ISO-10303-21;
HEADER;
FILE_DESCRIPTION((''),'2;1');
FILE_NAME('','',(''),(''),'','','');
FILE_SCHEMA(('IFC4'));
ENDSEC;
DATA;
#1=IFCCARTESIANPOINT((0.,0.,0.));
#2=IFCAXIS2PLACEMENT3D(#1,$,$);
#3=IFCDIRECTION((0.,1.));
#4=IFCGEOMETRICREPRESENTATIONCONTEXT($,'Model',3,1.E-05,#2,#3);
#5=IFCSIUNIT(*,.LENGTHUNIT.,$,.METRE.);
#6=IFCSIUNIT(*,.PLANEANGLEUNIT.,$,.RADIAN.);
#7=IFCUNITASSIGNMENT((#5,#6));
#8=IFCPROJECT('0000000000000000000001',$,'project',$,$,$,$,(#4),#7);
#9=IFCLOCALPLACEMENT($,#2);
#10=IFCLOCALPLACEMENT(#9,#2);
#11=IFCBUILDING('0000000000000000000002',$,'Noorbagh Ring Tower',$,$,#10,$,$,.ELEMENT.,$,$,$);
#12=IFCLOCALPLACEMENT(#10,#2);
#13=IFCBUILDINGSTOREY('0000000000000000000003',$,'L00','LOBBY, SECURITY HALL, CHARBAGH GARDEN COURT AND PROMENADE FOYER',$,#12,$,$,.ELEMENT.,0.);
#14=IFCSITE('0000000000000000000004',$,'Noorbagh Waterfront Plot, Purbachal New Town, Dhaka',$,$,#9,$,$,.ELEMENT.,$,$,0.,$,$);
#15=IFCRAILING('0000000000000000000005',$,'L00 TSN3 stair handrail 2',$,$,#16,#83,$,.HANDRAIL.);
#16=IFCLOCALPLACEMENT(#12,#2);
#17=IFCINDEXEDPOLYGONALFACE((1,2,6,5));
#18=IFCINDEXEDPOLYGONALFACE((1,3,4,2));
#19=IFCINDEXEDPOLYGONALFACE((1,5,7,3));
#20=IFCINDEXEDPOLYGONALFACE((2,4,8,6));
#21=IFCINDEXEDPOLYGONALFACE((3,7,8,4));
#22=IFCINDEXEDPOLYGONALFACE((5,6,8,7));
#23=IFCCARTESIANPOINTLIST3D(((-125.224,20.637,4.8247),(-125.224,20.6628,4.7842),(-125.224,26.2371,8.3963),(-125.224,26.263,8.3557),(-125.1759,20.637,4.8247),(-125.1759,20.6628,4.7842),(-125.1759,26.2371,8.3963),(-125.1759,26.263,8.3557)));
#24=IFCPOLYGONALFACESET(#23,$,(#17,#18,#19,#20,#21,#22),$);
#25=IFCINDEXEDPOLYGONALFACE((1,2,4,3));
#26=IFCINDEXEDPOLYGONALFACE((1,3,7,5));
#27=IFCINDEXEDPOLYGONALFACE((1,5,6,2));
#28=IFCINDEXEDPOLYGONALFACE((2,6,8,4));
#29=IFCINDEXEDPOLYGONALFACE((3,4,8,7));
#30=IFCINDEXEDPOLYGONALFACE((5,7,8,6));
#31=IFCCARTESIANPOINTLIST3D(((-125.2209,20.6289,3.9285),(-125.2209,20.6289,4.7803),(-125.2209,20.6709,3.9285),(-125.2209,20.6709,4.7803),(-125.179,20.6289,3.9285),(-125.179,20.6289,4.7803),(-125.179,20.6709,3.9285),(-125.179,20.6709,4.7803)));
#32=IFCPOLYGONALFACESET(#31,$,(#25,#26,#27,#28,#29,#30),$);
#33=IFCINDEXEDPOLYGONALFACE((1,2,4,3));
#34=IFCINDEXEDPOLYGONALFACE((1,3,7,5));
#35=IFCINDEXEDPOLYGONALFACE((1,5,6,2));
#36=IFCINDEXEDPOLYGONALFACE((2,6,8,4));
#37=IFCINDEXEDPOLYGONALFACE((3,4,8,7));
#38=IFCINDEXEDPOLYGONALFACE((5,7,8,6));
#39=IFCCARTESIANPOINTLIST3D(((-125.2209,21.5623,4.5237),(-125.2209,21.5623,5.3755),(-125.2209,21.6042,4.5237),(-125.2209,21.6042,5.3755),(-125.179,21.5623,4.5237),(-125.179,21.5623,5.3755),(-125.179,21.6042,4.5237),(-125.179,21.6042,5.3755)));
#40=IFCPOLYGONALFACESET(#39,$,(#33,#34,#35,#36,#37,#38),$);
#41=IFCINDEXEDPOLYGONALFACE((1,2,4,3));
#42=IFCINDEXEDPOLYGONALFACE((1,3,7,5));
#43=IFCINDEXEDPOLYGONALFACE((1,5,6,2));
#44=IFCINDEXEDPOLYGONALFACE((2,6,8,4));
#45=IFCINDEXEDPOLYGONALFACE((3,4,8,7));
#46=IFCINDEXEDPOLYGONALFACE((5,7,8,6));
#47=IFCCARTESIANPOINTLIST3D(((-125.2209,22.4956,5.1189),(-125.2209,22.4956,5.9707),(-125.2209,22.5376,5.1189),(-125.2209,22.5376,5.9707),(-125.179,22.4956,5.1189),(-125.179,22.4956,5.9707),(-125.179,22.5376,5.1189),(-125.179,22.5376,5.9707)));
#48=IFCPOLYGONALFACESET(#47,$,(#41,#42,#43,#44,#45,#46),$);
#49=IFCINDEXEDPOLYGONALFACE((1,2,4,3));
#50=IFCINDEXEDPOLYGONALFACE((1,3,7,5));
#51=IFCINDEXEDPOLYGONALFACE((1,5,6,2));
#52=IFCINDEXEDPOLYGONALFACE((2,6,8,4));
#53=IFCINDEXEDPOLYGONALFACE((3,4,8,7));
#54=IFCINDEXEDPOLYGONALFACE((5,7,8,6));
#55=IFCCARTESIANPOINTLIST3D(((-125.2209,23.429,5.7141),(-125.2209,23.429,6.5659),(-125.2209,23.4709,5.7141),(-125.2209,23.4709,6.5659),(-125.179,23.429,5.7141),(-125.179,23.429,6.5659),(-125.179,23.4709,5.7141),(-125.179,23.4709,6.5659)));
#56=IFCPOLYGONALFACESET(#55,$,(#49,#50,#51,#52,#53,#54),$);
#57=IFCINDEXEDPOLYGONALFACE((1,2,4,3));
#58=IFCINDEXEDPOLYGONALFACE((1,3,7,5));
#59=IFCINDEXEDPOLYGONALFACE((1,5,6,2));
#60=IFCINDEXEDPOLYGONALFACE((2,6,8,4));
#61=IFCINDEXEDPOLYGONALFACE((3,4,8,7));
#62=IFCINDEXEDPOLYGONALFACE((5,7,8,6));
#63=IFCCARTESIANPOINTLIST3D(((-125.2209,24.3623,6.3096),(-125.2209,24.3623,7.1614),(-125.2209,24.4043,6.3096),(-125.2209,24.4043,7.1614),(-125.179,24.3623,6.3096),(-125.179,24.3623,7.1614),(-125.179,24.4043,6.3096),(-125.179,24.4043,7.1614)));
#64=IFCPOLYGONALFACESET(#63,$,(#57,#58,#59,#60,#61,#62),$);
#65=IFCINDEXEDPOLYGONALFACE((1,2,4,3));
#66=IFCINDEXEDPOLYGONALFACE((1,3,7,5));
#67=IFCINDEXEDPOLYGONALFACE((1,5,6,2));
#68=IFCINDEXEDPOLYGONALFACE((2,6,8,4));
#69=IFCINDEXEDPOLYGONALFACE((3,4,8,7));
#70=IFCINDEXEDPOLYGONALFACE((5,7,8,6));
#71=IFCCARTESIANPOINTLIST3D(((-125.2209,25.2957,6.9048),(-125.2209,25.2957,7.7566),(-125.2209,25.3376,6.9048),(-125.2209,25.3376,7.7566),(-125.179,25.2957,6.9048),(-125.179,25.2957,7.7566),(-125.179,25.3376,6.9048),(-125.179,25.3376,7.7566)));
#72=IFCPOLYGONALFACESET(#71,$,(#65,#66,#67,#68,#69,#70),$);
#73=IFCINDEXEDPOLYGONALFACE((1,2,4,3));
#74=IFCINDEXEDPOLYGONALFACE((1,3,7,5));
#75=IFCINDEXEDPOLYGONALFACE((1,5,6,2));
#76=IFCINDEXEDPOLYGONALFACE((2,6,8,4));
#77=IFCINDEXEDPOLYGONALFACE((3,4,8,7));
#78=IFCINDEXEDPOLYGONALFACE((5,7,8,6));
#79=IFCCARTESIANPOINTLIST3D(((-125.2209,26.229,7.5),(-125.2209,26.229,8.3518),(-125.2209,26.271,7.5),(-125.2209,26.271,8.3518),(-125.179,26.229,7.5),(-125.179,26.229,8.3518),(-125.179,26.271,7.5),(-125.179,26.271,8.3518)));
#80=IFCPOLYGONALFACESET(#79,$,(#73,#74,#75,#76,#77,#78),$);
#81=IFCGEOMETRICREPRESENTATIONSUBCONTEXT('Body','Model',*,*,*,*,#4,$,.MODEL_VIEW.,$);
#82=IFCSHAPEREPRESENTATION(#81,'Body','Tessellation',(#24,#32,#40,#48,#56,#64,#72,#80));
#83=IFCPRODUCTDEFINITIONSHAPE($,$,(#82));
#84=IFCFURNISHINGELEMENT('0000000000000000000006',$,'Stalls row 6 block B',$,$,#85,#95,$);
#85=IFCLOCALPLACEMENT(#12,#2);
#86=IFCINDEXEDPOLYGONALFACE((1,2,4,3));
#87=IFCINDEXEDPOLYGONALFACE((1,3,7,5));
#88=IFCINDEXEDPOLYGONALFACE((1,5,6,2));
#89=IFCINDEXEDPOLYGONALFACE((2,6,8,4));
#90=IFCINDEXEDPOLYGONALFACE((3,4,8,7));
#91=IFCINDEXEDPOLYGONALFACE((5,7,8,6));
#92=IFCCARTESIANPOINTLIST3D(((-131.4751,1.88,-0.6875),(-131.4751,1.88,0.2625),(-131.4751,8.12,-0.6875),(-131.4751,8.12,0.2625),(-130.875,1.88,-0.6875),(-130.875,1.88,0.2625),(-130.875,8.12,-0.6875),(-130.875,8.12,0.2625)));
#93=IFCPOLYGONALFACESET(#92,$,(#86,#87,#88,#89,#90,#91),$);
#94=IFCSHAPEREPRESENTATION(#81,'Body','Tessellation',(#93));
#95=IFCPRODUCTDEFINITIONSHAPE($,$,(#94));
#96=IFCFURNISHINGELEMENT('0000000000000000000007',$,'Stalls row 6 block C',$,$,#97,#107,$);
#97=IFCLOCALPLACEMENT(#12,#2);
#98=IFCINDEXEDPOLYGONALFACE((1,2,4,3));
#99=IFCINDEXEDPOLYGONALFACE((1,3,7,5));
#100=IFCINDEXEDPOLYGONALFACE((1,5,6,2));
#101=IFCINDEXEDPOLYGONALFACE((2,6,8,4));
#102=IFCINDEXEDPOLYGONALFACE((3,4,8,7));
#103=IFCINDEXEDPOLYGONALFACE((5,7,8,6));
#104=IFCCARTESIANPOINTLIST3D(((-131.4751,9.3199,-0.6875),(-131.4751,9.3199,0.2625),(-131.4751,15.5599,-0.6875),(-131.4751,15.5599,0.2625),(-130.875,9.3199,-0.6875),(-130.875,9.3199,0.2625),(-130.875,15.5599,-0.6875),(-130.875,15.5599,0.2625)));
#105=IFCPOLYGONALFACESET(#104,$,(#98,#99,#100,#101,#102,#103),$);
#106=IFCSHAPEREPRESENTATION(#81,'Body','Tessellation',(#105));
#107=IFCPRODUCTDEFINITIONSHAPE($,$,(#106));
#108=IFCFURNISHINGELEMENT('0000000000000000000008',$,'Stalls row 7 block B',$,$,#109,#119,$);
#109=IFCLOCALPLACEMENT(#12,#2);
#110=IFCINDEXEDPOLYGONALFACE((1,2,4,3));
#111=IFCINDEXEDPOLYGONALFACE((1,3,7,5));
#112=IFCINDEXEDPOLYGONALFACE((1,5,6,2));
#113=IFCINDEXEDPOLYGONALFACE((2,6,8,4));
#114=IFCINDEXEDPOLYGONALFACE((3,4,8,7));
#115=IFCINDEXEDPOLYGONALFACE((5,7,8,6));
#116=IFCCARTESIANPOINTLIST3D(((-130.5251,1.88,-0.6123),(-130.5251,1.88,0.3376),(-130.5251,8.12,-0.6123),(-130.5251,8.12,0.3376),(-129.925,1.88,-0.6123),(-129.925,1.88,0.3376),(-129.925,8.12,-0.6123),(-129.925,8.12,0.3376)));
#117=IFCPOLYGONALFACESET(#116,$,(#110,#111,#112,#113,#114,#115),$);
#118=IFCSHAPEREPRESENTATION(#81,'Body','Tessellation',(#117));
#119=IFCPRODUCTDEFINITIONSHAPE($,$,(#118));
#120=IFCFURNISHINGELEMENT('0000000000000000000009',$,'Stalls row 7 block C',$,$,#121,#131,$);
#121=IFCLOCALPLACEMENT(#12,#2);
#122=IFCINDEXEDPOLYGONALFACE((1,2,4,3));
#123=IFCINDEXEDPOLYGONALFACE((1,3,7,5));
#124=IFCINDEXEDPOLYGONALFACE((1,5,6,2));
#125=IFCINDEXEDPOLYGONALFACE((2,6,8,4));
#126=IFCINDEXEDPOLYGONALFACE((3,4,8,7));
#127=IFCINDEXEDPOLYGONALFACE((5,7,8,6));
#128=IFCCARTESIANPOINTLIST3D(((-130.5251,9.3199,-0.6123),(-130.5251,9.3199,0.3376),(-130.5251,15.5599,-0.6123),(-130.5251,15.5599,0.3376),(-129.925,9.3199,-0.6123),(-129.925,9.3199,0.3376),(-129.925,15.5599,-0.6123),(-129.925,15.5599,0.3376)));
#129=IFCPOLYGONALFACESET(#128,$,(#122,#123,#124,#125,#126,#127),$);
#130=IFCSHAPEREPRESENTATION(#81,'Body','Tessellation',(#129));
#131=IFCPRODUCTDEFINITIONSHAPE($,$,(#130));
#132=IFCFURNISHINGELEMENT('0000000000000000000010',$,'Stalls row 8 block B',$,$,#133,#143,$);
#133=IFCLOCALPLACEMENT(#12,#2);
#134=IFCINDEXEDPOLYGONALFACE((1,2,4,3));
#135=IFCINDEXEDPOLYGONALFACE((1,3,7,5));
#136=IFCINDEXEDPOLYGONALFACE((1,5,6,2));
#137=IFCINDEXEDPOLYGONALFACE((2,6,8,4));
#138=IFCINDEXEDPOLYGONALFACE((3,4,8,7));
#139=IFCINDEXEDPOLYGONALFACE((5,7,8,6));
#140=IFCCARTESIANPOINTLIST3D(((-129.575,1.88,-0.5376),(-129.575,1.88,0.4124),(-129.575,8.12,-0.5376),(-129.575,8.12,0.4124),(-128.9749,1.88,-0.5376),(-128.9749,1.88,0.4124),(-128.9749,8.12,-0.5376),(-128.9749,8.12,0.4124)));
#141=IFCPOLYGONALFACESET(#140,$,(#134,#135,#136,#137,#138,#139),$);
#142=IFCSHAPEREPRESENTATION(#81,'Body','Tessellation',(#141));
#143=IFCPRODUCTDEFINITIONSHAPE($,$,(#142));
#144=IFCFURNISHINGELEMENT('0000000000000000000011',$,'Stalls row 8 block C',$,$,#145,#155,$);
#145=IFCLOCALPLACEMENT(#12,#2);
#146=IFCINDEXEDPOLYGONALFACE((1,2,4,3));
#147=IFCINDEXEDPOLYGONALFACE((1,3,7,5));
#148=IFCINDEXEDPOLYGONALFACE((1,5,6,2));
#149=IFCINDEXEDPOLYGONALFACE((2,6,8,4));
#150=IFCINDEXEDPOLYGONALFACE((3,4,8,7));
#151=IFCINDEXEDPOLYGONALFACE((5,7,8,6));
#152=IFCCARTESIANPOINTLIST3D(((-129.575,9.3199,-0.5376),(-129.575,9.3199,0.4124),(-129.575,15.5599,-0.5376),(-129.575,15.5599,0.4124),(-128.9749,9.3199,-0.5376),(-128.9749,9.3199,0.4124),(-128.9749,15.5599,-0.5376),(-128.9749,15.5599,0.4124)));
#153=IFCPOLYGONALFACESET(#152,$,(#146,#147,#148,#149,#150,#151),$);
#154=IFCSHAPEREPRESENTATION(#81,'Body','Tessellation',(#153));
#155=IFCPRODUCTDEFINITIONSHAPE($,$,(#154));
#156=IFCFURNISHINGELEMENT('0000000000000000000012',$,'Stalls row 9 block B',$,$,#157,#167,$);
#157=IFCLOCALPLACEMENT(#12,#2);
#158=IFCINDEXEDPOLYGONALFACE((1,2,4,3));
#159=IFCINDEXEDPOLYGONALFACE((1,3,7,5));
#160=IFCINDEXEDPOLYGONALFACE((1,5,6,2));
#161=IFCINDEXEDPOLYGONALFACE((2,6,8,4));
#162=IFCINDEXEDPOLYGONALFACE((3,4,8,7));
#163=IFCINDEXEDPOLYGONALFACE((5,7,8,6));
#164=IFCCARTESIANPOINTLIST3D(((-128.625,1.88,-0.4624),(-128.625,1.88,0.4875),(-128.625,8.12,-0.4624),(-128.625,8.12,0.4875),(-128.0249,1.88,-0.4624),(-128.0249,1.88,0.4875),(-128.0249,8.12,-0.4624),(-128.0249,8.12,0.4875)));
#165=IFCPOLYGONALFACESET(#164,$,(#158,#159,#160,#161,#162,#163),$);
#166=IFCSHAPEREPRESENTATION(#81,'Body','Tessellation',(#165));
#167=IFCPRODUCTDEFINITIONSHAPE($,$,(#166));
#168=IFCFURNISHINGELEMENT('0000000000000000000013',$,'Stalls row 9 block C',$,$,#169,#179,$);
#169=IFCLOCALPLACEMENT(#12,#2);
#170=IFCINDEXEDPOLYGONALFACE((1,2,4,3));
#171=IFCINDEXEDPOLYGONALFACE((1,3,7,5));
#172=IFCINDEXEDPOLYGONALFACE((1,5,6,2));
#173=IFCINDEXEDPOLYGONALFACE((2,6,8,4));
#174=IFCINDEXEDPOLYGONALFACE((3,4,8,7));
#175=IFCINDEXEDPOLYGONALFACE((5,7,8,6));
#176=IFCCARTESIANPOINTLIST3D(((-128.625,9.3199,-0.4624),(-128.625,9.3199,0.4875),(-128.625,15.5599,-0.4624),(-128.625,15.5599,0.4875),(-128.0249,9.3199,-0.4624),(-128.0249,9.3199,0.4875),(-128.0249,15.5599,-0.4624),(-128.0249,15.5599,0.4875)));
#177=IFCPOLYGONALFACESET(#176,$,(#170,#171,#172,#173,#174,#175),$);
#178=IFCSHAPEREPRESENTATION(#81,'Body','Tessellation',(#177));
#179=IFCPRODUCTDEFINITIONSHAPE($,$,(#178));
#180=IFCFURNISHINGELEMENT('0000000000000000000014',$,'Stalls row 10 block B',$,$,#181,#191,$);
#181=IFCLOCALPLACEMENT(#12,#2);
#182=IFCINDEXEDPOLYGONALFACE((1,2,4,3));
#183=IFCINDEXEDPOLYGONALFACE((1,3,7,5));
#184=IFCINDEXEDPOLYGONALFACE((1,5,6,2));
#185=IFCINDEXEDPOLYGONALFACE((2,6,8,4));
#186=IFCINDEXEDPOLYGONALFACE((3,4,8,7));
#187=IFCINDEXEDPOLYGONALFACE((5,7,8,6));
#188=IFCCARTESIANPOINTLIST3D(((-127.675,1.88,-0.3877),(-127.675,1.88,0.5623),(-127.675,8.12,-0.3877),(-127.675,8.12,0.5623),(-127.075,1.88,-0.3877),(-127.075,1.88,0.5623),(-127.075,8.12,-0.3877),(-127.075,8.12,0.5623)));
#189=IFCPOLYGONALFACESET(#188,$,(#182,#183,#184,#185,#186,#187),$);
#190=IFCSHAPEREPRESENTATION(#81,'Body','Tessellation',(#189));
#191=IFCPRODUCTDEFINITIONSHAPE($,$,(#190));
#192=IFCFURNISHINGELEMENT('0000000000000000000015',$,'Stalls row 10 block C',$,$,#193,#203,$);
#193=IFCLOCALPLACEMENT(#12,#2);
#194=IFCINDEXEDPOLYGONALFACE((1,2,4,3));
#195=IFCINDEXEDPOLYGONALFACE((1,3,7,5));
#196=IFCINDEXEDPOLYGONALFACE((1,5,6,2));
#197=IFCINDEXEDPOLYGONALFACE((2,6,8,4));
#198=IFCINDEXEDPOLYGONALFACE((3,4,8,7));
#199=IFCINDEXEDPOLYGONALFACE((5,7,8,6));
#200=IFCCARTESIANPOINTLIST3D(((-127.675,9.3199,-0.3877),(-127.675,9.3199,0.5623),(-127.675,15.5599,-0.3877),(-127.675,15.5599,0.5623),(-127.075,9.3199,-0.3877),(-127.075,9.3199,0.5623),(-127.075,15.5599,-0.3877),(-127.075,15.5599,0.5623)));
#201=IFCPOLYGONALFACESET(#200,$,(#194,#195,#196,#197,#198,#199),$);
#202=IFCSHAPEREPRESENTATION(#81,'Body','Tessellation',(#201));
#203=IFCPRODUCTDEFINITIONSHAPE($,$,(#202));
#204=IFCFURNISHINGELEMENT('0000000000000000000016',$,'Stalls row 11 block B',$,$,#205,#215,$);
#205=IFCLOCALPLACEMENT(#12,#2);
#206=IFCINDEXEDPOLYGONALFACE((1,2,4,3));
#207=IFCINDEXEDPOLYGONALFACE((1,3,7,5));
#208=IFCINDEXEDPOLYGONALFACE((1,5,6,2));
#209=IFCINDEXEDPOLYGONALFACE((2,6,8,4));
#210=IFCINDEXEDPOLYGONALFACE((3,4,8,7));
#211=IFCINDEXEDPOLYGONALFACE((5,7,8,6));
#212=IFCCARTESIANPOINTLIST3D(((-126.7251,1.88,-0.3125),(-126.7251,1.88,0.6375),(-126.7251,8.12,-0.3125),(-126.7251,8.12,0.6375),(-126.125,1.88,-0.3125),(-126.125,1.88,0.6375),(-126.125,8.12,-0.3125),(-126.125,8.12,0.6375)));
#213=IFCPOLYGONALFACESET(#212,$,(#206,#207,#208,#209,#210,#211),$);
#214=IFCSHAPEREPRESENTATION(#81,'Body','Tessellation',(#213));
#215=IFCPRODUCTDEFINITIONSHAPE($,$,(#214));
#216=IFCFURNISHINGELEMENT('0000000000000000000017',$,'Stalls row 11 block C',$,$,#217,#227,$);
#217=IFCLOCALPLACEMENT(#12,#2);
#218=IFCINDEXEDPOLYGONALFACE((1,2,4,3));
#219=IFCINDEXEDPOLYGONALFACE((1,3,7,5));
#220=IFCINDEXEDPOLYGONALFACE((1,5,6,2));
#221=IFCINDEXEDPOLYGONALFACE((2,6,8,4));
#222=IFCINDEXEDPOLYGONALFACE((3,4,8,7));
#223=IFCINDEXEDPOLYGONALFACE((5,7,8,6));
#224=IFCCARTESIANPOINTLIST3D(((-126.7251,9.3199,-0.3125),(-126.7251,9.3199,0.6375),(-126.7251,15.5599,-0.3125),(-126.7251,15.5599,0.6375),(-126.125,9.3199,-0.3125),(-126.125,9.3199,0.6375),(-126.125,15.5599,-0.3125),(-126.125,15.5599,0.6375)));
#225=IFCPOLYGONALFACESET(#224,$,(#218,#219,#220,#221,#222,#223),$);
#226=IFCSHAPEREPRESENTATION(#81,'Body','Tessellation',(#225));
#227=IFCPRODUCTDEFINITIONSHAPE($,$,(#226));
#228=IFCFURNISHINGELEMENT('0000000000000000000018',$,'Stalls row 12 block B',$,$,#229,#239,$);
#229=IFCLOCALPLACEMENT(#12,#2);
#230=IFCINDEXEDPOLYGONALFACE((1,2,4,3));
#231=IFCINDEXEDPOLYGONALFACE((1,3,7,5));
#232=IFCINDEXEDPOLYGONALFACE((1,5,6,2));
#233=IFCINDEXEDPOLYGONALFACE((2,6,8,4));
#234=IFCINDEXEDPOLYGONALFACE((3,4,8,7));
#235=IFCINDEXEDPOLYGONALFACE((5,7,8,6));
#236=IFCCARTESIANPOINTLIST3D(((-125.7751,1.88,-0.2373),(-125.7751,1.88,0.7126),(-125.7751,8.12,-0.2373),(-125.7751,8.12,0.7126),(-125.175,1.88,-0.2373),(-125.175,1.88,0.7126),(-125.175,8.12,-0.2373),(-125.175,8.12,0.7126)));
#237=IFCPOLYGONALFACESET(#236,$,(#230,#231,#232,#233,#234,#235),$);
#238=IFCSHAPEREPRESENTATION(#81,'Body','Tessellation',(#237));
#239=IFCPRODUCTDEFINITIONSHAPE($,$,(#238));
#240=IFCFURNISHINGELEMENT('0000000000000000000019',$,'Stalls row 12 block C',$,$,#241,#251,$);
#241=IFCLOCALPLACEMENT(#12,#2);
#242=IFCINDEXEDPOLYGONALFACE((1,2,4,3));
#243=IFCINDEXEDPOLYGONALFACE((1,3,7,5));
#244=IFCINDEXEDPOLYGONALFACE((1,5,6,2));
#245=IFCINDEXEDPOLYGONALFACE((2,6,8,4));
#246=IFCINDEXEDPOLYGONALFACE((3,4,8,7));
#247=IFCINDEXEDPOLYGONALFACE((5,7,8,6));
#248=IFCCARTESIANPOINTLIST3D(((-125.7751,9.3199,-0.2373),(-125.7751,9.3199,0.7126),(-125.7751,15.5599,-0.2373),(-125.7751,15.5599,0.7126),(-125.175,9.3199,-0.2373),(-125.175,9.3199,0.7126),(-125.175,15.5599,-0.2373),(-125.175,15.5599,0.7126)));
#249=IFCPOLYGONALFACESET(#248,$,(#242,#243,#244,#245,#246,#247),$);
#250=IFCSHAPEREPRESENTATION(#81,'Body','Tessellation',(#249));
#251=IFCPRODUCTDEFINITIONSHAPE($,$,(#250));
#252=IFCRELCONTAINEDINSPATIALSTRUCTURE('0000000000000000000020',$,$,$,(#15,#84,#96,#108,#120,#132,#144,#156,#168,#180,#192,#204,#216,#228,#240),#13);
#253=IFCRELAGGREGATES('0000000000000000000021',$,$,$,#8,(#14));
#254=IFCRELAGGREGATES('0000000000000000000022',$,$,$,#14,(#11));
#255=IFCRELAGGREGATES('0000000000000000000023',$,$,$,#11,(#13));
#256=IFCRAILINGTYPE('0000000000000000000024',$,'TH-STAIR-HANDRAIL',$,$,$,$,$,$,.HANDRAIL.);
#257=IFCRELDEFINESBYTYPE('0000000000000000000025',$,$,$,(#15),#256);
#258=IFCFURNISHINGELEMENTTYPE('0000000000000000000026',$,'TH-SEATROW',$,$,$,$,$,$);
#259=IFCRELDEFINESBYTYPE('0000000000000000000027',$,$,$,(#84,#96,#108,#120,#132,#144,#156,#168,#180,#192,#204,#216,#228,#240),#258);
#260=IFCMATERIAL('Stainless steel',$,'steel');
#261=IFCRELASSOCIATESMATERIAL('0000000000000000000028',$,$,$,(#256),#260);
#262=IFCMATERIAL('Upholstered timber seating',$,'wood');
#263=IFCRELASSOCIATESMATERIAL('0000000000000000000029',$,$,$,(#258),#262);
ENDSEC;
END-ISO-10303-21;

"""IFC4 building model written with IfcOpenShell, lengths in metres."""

from ifc_helpers import new_model, si_unit, direction, frame, origin, origin_2d, place, context, subcontext, project, spatial, rectangle, extrude, material, type_object, element, save


model = new_model("IFC4")

# Units and contexts
model_context = context("Model", 3, precision=1e-05, world=origin(), true_north=direction((0.0, 1.0)))
body_context = subcontext(model_context, "Body", "Model", "MODEL_VIEW")
ifc_project = project(units=[si_unit("LENGTHUNIT", "METRE"), si_unit("PLANEANGLEUNIT", "RADIAN")], contexts=[model_context])

# Site, building, storey
site_placement = place(None, origin())
site = spatial("IfcSite", under=ifc_project, at=site_placement, Name="Noorbagh Waterfront Plot, Purbachal New Town, Dhaka", CompositionType="ELEMENT", RefElevation=0.0)
building_placement = place(site_placement, origin())
building = spatial("IfcBuilding", under=site, at=building_placement, Name="Noorbagh Ring Tower", CompositionType="ELEMENT")
storey_placement = place(building_placement, origin())
storey = spatial("IfcBuildingStorey", under=building, at=storey_placement, Name="L00", Description="LOBBY, SECURITY HALL, CHARBAGH GARDEN COURT AND PROMENADE FOYER", CompositionType="ELEMENT", Elevation=0.0)

# Railing
ifc_material_1 = material(Name="Stainless steel", Category="steel")
railing_type_1 = type_object("IfcRailingType", Name="TH-STAIR-HANDRAIL", PredefinedType="HANDRAIL", material=ifc_material_1)
railing_1_placement = place(storey_placement, frame((-125.2, 20.6499, 3.9285)))
element("IfcRailing", 1, at=railing_1_placement, inside=storey, type_object=railing_type_1, Name="L00 TSN3 stair handrail 2", PredefinedType="HANDRAIL", context=body_context, shape_type="SweptSolid", body=[
    extrude(rectangle(XDim=0.0481, YDim=0.0481, at=origin_2d()), frame((0.0, 0.0, 0.876), z_axis=(0.0, 0.843127, 0.537715), x_axis=(-1.0, 0.0, 0.0)), (0.0, 0.0, 1.0), 6.6421),
    extrude(rectangle(XDim=0.042, YDim=0.042, at=origin_2d()), origin(), (0.0, 0.0, 1.0), 0.8518),
    extrude(rectangle(XDim=0.042, YDim=0.042, at=origin_2d()), frame((0.0, 0.9333, 0.5952)), (0.0, 0.0, 1.0), 0.8518),
    extrude(rectangle(XDim=0.042, YDim=0.042, at=origin_2d()), frame((0.0, 1.8667, 1.1904)), (0.0, 0.0, 1.0), 0.8518),
    extrude(rectangle(XDim=0.042, YDim=0.042, at=origin_2d()), frame((0.0, 2.8, 1.7856)), (0.0, 0.0, 1.0), 0.8518),
    extrude(rectangle(XDim=0.042, YDim=0.042, at=origin_2d()), frame((0.0, 3.7334, 2.3811)), (0.0, 0.0, 1.0), 0.8518),
    extrude(rectangle(XDim=0.042, YDim=0.042, at=origin_2d()), frame((0.0, 4.6667, 2.9763)), (0.0, 0.0, 1.0), 0.8518),
    extrude(rectangle(XDim=0.042, YDim=0.042, at=origin_2d()), frame((0.0, 5.6001, 3.5715)), (0.0, 0.0, 1.0), 0.8518),
])

# Furnishing elements
ifc_material_2 = material(Name="Upholstered timber seating", Category="wood")
furnishing_element_type = type_object("IfcFurnishingElementType", Name="TH-SEATROW", material=ifc_material_2)
for number, where, z_axis, x_axis, name in (
    (2, (-131.175, 5.0, -0.6875), (0.0, 0.0, 1.0), (1.0, 0.0, 0.0), "Stalls row 6 block B"),
    (3, (-131.175, 12.4399, -0.6875), (0.0, 0.0, 1.0), (1.0, 0.0, 0.0), "Stalls row 6 block C"),
    (4, (-130.2251, 5.0, -0.6123), (0.0, 0.0, 1.0), (1.0, 0.0, 0.0), "Stalls row 7 block B"),
    (5, (-130.2251, 12.4399, -0.6123), (0.0, 0.0, 1.0), (1.0, 0.0, 0.0), "Stalls row 7 block C"),
    (6, (-129.2749, 5.0, -0.5376), (0.0, 0.0, 1.0), (1.0, 0.0, 0.0), "Stalls row 8 block B"),
    (7, (-129.2749, 12.4399, -0.5376), (0.0, 0.0, 1.0), (1.0, 0.0, 0.0), "Stalls row 8 block C"),
    (8, (-128.325, 5.0, -0.4624), (0.0, 0.0, 1.0), (1.0, 0.0, 0.0), "Stalls row 9 block B"),
    (9, (-128.325, 12.4399, -0.4624), (0.0, 0.0, 1.0), (1.0, 0.0, 0.0), "Stalls row 9 block C"),
    (10, (-127.375, 5.0, -0.3877), (0.0, 0.0, 1.0), (1.0, 0.0, 0.0), "Stalls row 10 block B"),
    (11, (-127.375, 12.4399, -0.3877), (0.0, 0.0, 1.0), (1.0, 0.0, 0.0), "Stalls row 10 block C"),
    (12, (-126.425, 5.0, -0.3125), (0.0, 0.0, 1.0), (1.0, 0.0, 0.0), "Stalls row 11 block B"),
    (13, (-126.425, 12.4399, -0.3125), (0.0, 0.0, 1.0), (1.0, 0.0, 0.0), "Stalls row 11 block C"),
    (14, (-125.4751, 5.0, -0.2373), (0.0, 0.0, 1.0), (1.0, 0.0, 0.0), "Stalls row 12 block B"),
    (15, (-125.4751, 12.4399, -0.2373), (0.0, 0.0, 1.0), (1.0, 0.0, 0.0), "Stalls row 12 block C"),
):
    element("IfcFurnishingElement", number, at=place(storey_placement, frame(where, z_axis=z_axis, x_axis=x_axis)), inside=storey, type_object=furnishing_element_type, Name=name, context=body_context, shape_type="SweptSolid", body=[
        extrude(rectangle(XDim=0.6001, YDim=6.24, at=origin_2d()), origin(), (0.0, 0.0, 1.0), 0.95),
    ])

save(model, "model.ifc")
